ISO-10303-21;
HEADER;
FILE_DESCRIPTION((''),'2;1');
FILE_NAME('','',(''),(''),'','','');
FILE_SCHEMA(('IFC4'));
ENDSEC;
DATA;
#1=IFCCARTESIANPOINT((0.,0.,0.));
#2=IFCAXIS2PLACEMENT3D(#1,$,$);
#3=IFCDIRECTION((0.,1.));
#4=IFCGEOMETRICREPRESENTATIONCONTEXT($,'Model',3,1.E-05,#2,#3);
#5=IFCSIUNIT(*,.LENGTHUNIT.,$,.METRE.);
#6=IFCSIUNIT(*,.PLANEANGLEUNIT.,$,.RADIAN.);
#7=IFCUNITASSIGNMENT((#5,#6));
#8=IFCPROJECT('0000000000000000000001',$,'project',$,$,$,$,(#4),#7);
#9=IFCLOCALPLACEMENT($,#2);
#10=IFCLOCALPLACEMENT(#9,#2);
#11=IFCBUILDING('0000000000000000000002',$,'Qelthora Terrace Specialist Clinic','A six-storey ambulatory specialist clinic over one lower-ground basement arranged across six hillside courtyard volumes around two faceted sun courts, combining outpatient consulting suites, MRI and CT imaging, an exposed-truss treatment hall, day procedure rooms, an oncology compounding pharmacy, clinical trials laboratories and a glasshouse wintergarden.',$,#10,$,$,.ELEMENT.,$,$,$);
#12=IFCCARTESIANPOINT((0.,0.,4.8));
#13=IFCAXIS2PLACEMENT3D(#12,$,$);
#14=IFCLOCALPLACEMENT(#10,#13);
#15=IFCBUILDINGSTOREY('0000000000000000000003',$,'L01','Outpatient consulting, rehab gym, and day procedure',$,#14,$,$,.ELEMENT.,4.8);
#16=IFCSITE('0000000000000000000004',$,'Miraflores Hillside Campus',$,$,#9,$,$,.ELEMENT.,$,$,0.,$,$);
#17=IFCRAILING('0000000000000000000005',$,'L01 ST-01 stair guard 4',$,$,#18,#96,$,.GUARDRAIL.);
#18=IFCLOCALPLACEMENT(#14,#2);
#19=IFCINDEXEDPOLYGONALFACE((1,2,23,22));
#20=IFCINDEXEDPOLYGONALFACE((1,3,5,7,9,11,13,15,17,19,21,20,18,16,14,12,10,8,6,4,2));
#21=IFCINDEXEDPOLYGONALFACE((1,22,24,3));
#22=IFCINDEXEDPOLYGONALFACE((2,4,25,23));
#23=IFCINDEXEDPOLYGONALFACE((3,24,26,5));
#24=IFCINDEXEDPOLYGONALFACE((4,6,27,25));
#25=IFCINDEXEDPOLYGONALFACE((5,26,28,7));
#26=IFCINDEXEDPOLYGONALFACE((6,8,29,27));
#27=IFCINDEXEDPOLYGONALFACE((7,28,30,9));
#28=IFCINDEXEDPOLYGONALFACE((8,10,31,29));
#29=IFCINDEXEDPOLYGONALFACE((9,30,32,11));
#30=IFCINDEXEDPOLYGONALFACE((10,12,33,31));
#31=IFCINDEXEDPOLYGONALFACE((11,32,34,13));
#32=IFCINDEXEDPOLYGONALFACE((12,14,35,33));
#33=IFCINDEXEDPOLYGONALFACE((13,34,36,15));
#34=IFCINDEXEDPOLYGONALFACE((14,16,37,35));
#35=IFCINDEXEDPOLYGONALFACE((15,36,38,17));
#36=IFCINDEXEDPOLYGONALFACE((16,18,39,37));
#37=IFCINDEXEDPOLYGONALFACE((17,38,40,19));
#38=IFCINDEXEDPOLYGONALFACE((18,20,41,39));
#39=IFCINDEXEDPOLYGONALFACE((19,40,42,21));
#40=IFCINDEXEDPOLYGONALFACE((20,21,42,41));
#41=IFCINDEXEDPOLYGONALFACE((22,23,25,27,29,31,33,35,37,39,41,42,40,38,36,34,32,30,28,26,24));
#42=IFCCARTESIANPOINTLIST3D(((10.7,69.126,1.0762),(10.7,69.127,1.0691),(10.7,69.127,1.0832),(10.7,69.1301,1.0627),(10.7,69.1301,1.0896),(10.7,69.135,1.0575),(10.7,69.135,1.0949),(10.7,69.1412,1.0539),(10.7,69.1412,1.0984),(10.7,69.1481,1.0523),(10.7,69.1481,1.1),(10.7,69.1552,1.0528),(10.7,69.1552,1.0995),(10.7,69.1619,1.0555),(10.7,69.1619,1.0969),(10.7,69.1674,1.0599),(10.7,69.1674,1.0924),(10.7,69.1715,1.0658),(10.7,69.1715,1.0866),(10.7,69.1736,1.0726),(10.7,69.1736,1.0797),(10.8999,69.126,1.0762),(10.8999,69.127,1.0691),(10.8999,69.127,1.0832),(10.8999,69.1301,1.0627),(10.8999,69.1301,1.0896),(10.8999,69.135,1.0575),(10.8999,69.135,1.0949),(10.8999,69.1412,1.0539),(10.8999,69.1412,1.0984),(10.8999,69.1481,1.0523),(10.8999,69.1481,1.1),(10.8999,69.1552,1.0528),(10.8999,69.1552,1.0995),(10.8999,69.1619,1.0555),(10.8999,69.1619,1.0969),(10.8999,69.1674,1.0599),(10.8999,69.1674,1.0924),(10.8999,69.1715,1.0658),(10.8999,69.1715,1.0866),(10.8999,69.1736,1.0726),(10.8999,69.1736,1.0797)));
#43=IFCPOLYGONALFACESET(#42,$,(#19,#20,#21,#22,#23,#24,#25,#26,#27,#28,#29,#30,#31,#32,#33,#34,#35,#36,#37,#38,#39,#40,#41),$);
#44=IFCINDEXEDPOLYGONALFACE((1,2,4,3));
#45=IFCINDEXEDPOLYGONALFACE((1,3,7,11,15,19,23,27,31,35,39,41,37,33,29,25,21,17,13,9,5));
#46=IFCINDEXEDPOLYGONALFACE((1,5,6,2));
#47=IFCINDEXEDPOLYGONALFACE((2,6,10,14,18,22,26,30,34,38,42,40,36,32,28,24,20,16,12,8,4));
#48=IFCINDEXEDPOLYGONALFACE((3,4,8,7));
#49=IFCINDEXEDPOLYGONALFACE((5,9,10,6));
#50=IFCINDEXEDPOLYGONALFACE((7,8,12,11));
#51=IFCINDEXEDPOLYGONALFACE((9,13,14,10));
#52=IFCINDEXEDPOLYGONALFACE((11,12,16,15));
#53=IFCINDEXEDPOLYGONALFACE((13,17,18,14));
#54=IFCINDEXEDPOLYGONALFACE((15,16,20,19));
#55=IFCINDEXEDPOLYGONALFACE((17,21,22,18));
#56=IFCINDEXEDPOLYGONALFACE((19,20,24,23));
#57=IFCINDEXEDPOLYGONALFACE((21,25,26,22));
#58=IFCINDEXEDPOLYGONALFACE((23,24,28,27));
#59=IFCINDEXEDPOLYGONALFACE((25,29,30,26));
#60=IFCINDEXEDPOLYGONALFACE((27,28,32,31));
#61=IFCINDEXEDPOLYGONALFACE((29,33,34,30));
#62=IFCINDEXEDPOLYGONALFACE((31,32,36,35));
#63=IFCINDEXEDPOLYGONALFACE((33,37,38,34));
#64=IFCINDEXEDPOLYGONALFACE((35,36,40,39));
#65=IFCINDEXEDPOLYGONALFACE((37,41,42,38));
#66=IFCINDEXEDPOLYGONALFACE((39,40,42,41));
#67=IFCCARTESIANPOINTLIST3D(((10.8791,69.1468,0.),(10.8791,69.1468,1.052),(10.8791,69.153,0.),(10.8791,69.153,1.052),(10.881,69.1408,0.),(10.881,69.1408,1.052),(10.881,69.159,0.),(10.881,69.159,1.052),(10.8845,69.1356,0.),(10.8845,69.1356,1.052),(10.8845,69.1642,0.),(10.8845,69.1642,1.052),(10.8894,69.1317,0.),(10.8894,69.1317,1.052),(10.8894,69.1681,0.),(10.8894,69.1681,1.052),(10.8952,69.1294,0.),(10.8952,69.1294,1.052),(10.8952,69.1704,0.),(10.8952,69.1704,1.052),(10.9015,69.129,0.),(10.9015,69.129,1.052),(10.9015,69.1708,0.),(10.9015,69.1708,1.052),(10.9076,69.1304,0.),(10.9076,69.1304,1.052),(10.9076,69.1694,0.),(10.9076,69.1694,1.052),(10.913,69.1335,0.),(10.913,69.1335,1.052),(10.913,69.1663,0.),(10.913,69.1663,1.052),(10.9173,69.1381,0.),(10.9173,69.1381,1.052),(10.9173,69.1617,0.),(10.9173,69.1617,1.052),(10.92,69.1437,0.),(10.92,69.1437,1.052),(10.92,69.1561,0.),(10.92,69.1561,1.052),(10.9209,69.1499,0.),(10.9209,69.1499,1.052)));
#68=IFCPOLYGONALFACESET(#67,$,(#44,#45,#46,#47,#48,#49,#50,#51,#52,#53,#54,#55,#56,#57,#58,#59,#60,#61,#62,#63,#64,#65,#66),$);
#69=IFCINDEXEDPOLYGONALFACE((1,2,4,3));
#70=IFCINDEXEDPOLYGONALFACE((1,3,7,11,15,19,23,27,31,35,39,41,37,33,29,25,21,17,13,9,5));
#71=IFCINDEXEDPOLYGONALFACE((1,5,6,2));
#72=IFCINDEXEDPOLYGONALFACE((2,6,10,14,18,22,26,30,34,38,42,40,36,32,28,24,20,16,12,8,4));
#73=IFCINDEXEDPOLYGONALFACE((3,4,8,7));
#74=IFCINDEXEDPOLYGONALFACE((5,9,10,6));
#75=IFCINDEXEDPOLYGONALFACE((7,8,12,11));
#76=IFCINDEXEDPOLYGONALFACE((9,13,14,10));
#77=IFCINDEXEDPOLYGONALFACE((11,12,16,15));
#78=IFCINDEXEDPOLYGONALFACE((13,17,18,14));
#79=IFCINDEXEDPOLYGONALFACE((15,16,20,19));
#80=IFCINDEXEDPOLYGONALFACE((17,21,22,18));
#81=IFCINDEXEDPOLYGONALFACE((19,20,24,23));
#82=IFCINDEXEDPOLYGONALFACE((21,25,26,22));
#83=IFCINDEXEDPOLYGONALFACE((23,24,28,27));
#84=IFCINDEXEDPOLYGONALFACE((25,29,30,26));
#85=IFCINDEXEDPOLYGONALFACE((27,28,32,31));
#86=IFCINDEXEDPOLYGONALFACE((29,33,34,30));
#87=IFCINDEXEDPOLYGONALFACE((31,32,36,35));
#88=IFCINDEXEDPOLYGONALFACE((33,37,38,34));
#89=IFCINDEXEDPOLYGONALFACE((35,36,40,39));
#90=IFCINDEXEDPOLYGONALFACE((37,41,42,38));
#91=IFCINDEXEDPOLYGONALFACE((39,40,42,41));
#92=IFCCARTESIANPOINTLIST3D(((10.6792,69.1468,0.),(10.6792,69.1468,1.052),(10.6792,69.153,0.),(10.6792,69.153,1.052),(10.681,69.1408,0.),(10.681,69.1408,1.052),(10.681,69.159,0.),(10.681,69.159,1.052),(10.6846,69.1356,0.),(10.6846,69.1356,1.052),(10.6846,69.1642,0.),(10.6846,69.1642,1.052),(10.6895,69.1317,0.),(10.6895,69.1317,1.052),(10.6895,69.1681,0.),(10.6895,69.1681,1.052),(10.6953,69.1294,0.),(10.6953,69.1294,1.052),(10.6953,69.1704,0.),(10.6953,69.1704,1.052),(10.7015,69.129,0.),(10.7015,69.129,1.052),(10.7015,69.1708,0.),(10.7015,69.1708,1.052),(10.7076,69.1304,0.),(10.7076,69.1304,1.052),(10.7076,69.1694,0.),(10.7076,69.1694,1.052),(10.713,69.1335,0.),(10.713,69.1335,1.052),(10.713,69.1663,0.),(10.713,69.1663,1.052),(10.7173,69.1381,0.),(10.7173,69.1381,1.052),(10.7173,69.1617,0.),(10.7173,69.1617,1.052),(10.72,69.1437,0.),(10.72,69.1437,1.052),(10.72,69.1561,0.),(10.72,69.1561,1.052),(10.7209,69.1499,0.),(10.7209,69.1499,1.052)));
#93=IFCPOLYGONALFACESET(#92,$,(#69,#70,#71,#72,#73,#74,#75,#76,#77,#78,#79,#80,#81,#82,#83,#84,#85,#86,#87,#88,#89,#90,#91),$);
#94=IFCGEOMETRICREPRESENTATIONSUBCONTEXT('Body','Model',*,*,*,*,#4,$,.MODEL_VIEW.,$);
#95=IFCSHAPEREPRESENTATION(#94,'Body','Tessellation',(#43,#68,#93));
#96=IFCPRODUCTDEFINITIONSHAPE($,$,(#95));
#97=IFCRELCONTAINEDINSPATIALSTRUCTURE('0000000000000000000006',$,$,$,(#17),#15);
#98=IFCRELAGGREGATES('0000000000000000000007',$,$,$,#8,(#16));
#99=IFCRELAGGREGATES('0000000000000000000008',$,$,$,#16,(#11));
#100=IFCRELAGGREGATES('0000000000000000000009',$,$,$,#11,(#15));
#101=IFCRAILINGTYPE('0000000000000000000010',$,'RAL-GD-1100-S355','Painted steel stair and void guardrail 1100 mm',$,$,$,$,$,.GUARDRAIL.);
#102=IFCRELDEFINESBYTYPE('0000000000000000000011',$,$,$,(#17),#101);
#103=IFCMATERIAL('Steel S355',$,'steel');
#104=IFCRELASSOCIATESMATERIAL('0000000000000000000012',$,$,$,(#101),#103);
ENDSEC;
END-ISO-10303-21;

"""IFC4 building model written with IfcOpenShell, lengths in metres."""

from ifc_helpers import new_model, si_unit, direction, frame, origin, origin_2d, place, context, subcontext, project, spatial, circle, extrude, material, type_object, element, save


model = new_model("IFC4")

# Units and contexts
model_context = context("Model", 3, precision=1e-05, world=origin(), true_north=direction((0.0, 1.0)))
body_context = subcontext(model_context, "Body", "Model", "MODEL_VIEW")
ifc_project = project(units=[si_unit("LENGTHUNIT", "METRE"), si_unit("PLANEANGLEUNIT", "RADIAN")], contexts=[model_context])

# Site, building, storey
site_placement = place(None, origin())
site = spatial("IfcSite", under=ifc_project, at=site_placement, Name="Miraflores Hillside Campus", CompositionType="ELEMENT", RefElevation=0.0)
building_placement = place(site_placement, origin())
building = spatial("IfcBuilding", under=site, at=building_placement, Name="Qelthora Terrace Specialist Clinic", Description="A six-storey ambulatory specialist clinic over one lower-ground basement arranged across six hillside courtyard volumes around two faceted sun courts, combining outpatient consulting suites, MRI and CT imaging, an exposed-truss treatment hall, day procedure rooms, an oncology compounding pharmacy, clinical trials laboratories and a glasshouse wintergarden.", CompositionType="ELEMENT")
storey_placement = place(building_placement, frame((0.0, 0.0, 4.8)))
storey = spatial("IfcBuildingStorey", under=building, at=storey_placement, Name="L01", Description="Outpatient consulting, rehab gym, and day procedure", CompositionType="ELEMENT", Elevation=4.8)

# Shared definitions
ifc_material_1 = material(Name="Steel S355", Category="steel")

# Railing
railing_type_1 = type_object("IfcRailingType", Name="RAL-GD-1100-S355", Description="Painted steel stair and void guardrail 1100 mm", PredefinedType="GUARDRAIL", material=ifc_material_1)
railing_1_placement = place(storey_placement, frame((10.8999, 69.1499, 0.0)))
element("IfcRailing", 1, at=railing_1_placement, inside=storey, type_object=railing_type_1, Name="L01 ST-01 stair guard 4", PredefinedType="GUARDRAIL", context=body_context, shape_type="SweptSolid", body=[
    extrude(circle(Radius=0.0239, at=origin_2d()), frame((0.0, 0.0, 1.0762), z_axis=(-1.0, 0.0, 0.0), x_axis=(0.0, -1.0, 0.0)), (0.0, 0.0, 1.0), 0.2),
    extrude(circle(Radius=0.021, at=origin_2d()), origin(), (0.0, 0.0, 1.0), 1.052),
    extrude(circle(Radius=0.021, at=origin_2d()), frame((-0.2, 0.0, 0.0)), (0.0, 0.0, 1.0), 1.052),
])

save(model, "model.ifc")
